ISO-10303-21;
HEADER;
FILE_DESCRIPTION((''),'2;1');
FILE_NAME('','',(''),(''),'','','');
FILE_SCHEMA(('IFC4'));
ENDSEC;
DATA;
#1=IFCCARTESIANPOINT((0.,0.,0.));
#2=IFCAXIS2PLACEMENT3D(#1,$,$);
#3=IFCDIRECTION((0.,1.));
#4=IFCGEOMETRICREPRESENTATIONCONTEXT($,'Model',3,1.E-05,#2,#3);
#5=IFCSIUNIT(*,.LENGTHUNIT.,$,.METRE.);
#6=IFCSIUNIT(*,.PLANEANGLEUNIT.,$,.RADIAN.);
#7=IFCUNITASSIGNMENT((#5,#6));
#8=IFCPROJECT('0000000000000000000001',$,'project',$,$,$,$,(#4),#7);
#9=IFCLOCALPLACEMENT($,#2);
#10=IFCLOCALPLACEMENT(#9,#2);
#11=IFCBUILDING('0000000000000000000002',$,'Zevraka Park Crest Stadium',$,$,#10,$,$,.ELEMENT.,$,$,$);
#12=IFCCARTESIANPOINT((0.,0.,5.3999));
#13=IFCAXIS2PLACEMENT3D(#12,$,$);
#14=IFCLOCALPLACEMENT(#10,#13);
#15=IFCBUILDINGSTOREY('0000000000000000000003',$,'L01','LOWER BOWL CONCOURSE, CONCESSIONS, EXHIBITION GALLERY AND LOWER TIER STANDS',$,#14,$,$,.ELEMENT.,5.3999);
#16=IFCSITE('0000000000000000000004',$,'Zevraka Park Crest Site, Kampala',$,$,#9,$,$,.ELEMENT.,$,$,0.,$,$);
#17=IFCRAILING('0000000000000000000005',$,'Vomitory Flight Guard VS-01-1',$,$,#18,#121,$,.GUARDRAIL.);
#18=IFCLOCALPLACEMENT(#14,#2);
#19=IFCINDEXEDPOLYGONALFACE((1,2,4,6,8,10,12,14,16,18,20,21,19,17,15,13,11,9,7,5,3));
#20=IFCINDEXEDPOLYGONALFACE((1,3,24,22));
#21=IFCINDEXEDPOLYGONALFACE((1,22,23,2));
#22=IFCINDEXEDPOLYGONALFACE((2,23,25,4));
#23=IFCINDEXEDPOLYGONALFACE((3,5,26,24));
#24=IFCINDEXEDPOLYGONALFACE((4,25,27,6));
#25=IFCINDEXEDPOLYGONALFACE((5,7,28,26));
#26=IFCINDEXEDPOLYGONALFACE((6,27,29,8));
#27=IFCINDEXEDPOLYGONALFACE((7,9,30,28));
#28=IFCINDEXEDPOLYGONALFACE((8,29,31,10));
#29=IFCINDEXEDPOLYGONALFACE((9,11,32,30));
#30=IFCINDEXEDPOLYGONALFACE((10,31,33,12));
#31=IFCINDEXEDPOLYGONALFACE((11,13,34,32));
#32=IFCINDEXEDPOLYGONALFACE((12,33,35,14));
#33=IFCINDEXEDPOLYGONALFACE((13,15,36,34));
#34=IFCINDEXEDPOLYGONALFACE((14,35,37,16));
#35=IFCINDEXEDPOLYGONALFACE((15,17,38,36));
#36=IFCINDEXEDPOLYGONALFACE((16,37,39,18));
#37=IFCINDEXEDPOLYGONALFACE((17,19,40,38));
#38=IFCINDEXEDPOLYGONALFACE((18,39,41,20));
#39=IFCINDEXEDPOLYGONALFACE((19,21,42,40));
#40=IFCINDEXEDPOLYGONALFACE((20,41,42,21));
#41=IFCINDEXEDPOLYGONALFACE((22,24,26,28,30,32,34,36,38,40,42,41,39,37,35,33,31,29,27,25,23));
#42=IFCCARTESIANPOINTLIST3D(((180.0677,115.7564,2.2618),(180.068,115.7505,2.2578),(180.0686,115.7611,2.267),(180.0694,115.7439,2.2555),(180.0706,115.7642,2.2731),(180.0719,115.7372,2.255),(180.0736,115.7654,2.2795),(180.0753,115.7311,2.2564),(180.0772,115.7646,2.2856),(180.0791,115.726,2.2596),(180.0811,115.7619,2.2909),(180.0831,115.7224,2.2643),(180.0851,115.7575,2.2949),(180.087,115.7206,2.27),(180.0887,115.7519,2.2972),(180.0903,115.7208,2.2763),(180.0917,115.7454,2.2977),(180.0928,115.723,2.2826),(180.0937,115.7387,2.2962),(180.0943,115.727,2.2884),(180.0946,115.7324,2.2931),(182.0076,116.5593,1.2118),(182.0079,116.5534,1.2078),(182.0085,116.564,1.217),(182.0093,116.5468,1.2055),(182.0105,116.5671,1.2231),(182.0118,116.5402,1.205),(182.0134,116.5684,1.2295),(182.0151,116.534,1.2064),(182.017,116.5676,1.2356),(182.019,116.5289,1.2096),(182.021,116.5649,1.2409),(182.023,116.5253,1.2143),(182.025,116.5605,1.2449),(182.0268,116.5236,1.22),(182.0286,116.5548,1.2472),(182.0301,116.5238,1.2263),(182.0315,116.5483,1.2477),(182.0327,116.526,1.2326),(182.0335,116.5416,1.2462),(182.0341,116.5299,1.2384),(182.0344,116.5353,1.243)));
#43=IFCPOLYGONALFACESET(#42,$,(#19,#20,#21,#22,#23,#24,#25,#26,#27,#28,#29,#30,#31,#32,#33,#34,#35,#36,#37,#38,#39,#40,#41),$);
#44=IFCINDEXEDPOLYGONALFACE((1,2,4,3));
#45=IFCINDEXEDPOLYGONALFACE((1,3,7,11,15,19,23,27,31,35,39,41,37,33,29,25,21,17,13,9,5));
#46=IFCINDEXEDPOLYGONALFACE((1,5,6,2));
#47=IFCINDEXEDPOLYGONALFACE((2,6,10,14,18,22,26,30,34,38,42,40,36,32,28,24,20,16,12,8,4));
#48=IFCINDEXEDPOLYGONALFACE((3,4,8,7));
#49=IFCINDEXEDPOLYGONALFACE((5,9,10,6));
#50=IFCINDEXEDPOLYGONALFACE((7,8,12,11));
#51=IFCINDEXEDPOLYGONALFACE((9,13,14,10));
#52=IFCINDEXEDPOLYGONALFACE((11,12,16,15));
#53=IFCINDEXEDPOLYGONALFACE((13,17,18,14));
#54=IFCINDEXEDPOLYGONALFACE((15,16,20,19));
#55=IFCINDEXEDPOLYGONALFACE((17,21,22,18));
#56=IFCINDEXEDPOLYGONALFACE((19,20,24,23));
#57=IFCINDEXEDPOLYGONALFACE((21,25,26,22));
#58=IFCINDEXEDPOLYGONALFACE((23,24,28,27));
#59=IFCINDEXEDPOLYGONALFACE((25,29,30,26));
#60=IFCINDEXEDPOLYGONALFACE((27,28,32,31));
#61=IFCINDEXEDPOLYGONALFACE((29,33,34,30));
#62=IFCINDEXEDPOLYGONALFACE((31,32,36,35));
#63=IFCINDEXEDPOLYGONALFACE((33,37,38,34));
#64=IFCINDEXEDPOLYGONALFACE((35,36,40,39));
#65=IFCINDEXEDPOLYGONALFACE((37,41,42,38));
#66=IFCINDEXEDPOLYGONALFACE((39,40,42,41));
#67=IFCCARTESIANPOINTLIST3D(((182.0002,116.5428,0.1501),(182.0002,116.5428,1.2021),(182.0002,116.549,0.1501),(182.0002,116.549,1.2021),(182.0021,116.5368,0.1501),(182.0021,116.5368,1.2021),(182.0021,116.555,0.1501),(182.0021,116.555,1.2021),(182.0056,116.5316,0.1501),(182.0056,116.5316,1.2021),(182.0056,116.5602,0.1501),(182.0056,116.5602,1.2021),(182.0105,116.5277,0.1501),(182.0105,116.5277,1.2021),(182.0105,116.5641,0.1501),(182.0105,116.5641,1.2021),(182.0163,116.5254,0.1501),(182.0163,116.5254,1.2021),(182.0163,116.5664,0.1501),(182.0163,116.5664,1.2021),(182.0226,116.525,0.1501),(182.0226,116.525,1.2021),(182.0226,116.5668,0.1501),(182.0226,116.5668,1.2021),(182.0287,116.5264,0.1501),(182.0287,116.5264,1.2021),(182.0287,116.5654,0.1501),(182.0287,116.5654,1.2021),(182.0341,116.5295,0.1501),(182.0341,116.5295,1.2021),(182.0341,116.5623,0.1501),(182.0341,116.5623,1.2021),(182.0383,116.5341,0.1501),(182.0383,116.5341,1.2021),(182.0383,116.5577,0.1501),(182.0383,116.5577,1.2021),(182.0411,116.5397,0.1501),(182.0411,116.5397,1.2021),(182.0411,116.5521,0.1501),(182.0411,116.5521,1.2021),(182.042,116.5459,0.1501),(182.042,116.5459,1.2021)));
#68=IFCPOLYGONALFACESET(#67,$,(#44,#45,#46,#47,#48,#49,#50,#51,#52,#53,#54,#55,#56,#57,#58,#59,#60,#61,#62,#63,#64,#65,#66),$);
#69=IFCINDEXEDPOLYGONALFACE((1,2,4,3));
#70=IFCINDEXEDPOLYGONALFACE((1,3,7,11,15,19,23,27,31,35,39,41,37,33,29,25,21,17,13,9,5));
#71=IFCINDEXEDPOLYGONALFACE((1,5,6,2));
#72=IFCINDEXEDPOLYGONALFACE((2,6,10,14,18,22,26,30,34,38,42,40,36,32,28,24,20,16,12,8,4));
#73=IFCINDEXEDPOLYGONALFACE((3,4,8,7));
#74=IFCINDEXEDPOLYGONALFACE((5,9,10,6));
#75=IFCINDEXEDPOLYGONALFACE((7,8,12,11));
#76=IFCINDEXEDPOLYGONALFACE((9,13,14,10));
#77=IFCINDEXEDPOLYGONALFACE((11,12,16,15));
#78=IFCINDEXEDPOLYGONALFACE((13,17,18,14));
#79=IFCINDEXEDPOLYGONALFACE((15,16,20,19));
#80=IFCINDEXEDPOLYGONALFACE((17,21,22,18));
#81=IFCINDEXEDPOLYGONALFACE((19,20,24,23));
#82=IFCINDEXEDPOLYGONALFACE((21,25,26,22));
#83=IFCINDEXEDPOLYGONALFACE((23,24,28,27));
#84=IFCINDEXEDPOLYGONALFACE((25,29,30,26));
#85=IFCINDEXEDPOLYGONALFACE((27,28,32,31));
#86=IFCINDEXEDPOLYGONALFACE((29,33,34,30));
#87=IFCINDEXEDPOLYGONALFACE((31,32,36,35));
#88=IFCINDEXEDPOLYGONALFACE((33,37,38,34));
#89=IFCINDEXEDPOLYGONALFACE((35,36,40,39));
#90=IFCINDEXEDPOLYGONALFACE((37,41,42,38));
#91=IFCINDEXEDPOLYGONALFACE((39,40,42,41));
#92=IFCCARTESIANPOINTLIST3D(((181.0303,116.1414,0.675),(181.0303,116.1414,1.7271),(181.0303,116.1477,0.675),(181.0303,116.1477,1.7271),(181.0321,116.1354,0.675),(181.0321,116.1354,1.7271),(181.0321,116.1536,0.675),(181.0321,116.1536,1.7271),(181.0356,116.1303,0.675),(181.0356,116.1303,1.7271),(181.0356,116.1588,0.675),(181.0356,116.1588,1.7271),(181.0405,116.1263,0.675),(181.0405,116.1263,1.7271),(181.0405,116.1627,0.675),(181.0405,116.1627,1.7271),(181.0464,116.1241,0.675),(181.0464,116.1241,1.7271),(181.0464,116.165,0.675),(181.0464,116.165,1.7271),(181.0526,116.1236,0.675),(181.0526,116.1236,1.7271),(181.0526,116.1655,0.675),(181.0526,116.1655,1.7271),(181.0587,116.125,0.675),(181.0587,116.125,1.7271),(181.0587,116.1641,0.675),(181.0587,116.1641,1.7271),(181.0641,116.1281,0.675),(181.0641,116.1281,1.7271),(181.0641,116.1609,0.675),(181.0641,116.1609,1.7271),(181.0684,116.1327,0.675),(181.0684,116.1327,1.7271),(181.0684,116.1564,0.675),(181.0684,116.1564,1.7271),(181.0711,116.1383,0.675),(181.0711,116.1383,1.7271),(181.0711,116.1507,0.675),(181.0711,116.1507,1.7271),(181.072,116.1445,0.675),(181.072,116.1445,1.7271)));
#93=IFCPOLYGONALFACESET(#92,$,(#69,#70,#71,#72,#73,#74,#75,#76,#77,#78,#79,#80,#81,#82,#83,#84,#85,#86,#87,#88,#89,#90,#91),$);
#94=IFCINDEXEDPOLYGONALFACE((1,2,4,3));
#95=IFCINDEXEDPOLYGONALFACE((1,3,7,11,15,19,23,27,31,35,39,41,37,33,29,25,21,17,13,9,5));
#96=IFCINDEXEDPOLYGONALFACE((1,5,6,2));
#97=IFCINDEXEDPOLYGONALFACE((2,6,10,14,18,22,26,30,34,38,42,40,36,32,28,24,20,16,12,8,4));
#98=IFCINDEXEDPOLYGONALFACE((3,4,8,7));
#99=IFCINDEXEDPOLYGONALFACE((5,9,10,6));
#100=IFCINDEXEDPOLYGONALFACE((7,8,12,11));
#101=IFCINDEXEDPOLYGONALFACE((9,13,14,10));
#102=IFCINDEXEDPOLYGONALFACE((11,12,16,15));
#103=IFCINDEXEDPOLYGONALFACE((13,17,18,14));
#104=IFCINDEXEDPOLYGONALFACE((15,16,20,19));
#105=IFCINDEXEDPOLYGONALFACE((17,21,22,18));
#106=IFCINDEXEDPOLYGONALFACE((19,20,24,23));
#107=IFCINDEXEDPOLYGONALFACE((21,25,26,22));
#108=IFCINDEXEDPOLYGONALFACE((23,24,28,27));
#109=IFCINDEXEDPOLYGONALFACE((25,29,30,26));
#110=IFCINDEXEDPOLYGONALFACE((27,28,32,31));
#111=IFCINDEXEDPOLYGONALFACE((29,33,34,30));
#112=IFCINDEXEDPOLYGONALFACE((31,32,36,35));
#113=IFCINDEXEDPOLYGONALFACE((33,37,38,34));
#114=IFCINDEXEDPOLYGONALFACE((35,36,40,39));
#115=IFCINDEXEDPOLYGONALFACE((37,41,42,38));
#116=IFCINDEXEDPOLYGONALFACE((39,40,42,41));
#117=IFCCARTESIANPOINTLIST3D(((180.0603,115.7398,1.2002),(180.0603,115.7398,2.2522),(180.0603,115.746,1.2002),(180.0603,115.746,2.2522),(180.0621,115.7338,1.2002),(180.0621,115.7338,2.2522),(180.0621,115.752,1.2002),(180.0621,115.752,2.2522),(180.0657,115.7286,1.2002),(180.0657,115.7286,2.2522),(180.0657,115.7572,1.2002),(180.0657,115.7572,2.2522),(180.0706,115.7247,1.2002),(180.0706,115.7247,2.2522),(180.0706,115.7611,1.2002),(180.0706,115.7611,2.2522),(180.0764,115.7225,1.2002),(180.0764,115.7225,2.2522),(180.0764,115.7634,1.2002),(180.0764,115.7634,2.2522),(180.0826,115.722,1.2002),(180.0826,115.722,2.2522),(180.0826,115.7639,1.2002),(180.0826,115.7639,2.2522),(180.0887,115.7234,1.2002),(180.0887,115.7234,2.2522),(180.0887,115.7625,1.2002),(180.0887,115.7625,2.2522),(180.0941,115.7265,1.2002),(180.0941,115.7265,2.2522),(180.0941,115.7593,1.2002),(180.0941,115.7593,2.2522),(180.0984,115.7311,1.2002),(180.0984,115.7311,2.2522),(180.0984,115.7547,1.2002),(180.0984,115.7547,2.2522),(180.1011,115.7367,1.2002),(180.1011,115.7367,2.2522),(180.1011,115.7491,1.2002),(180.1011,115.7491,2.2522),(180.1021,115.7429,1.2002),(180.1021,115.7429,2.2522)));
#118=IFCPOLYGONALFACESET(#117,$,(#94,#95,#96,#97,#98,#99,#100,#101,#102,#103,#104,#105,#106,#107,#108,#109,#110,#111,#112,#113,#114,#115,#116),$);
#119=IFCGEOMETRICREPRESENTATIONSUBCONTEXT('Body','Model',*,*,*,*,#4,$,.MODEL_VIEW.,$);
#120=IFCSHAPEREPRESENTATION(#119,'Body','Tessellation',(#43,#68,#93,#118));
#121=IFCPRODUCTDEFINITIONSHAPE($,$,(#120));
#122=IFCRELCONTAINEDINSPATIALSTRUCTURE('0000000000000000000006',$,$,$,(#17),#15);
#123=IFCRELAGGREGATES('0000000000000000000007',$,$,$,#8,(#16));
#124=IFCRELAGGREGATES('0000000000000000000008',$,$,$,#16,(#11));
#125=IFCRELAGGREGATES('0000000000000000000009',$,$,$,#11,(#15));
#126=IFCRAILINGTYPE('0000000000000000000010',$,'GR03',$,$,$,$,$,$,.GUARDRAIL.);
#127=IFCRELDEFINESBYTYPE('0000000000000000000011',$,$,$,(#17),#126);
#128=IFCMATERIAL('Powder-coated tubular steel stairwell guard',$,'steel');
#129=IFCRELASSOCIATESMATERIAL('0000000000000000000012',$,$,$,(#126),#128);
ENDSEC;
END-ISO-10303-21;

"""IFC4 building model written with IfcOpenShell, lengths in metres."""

from ifc_helpers import new_model, si_unit, direction, frame, origin, origin_2d, place, context, subcontext, project, spatial, circle, extrude, material, type_object, element, save


model = new_model("IFC4")

# Units and contexts
model_context = context("Model", 3, precision=1e-05, world=origin(), true_north=direction((0.0, 1.0)))
body_context = subcontext(model_context, "Body", "Model", "MODEL_VIEW")
ifc_project = project(units=[si_unit("LENGTHUNIT", "METRE"), si_unit("PLANEANGLEUNIT", "RADIAN")], contexts=[model_context])

# Site, building, storey
site_placement = place(None, origin())
site = spatial("IfcSite", under=ifc_project, at=site_placement, Name="Zevraka Park Crest Site, Kampala", CompositionType="ELEMENT", RefElevation=0.0)
building_placement = place(site_placement, origin())
building = spatial("IfcBuilding", under=site, at=building_placement, Name="Zevraka Park Crest Stadium", CompositionType="ELEMENT")
storey_placement = place(building_placement, frame((0.0, 0.0, 5.3999)))
storey = spatial("IfcBuildingStorey", under=building, at=storey_placement, Name="L01", Description="LOWER BOWL CONCOURSE, CONCESSIONS, EXHIBITION GALLERY AND LOWER TIER STANDS", CompositionType="ELEMENT", Elevation=5.3999)

# Railing
ifc_material_1 = material(Name="Powder-coated tubular steel stairwell guard", Category="steel")
railing_type_1 = type_object("IfcRailingType", Name="GR03", PredefinedType="GUARDRAIL", material=ifc_material_1)
railing_1_placement = place(storey_placement, frame((182.021, 116.5459, 0.1501)))
element("IfcRailing", 1, at=railing_1_placement, inside=storey, type_object=railing_type_1, Name="Vomitory Flight Guard VS-01-1", PredefinedType="GUARDRAIL", context=body_context, shape_type="SweptSolid", body=[
    extrude(circle(Radius=0.0239, at=origin_2d()), frame((0.0, 0.0, 1.0762), z_axis=(-0.826387, -0.342057, 0.447305), x_axis=(0.382451, -0.923976, 0.0)), (0.0, 0.0, 1.0), 2.3474),
    extrude(circle(Radius=0.021, at=origin_2d()), origin(), (0.0, 0.0, 1.0), 1.052),
    extrude(circle(Radius=0.021, at=origin_2d()), frame((-0.97, -0.4014, 0.5249)), (0.0, 0.0, 1.0), 1.052),
    extrude(circle(Radius=0.021, at=origin_2d()), frame((-1.9399, -0.803, 1.05)), (0.0, 0.0, 1.0), 1.052),
])

save(model, "model.ifc")
